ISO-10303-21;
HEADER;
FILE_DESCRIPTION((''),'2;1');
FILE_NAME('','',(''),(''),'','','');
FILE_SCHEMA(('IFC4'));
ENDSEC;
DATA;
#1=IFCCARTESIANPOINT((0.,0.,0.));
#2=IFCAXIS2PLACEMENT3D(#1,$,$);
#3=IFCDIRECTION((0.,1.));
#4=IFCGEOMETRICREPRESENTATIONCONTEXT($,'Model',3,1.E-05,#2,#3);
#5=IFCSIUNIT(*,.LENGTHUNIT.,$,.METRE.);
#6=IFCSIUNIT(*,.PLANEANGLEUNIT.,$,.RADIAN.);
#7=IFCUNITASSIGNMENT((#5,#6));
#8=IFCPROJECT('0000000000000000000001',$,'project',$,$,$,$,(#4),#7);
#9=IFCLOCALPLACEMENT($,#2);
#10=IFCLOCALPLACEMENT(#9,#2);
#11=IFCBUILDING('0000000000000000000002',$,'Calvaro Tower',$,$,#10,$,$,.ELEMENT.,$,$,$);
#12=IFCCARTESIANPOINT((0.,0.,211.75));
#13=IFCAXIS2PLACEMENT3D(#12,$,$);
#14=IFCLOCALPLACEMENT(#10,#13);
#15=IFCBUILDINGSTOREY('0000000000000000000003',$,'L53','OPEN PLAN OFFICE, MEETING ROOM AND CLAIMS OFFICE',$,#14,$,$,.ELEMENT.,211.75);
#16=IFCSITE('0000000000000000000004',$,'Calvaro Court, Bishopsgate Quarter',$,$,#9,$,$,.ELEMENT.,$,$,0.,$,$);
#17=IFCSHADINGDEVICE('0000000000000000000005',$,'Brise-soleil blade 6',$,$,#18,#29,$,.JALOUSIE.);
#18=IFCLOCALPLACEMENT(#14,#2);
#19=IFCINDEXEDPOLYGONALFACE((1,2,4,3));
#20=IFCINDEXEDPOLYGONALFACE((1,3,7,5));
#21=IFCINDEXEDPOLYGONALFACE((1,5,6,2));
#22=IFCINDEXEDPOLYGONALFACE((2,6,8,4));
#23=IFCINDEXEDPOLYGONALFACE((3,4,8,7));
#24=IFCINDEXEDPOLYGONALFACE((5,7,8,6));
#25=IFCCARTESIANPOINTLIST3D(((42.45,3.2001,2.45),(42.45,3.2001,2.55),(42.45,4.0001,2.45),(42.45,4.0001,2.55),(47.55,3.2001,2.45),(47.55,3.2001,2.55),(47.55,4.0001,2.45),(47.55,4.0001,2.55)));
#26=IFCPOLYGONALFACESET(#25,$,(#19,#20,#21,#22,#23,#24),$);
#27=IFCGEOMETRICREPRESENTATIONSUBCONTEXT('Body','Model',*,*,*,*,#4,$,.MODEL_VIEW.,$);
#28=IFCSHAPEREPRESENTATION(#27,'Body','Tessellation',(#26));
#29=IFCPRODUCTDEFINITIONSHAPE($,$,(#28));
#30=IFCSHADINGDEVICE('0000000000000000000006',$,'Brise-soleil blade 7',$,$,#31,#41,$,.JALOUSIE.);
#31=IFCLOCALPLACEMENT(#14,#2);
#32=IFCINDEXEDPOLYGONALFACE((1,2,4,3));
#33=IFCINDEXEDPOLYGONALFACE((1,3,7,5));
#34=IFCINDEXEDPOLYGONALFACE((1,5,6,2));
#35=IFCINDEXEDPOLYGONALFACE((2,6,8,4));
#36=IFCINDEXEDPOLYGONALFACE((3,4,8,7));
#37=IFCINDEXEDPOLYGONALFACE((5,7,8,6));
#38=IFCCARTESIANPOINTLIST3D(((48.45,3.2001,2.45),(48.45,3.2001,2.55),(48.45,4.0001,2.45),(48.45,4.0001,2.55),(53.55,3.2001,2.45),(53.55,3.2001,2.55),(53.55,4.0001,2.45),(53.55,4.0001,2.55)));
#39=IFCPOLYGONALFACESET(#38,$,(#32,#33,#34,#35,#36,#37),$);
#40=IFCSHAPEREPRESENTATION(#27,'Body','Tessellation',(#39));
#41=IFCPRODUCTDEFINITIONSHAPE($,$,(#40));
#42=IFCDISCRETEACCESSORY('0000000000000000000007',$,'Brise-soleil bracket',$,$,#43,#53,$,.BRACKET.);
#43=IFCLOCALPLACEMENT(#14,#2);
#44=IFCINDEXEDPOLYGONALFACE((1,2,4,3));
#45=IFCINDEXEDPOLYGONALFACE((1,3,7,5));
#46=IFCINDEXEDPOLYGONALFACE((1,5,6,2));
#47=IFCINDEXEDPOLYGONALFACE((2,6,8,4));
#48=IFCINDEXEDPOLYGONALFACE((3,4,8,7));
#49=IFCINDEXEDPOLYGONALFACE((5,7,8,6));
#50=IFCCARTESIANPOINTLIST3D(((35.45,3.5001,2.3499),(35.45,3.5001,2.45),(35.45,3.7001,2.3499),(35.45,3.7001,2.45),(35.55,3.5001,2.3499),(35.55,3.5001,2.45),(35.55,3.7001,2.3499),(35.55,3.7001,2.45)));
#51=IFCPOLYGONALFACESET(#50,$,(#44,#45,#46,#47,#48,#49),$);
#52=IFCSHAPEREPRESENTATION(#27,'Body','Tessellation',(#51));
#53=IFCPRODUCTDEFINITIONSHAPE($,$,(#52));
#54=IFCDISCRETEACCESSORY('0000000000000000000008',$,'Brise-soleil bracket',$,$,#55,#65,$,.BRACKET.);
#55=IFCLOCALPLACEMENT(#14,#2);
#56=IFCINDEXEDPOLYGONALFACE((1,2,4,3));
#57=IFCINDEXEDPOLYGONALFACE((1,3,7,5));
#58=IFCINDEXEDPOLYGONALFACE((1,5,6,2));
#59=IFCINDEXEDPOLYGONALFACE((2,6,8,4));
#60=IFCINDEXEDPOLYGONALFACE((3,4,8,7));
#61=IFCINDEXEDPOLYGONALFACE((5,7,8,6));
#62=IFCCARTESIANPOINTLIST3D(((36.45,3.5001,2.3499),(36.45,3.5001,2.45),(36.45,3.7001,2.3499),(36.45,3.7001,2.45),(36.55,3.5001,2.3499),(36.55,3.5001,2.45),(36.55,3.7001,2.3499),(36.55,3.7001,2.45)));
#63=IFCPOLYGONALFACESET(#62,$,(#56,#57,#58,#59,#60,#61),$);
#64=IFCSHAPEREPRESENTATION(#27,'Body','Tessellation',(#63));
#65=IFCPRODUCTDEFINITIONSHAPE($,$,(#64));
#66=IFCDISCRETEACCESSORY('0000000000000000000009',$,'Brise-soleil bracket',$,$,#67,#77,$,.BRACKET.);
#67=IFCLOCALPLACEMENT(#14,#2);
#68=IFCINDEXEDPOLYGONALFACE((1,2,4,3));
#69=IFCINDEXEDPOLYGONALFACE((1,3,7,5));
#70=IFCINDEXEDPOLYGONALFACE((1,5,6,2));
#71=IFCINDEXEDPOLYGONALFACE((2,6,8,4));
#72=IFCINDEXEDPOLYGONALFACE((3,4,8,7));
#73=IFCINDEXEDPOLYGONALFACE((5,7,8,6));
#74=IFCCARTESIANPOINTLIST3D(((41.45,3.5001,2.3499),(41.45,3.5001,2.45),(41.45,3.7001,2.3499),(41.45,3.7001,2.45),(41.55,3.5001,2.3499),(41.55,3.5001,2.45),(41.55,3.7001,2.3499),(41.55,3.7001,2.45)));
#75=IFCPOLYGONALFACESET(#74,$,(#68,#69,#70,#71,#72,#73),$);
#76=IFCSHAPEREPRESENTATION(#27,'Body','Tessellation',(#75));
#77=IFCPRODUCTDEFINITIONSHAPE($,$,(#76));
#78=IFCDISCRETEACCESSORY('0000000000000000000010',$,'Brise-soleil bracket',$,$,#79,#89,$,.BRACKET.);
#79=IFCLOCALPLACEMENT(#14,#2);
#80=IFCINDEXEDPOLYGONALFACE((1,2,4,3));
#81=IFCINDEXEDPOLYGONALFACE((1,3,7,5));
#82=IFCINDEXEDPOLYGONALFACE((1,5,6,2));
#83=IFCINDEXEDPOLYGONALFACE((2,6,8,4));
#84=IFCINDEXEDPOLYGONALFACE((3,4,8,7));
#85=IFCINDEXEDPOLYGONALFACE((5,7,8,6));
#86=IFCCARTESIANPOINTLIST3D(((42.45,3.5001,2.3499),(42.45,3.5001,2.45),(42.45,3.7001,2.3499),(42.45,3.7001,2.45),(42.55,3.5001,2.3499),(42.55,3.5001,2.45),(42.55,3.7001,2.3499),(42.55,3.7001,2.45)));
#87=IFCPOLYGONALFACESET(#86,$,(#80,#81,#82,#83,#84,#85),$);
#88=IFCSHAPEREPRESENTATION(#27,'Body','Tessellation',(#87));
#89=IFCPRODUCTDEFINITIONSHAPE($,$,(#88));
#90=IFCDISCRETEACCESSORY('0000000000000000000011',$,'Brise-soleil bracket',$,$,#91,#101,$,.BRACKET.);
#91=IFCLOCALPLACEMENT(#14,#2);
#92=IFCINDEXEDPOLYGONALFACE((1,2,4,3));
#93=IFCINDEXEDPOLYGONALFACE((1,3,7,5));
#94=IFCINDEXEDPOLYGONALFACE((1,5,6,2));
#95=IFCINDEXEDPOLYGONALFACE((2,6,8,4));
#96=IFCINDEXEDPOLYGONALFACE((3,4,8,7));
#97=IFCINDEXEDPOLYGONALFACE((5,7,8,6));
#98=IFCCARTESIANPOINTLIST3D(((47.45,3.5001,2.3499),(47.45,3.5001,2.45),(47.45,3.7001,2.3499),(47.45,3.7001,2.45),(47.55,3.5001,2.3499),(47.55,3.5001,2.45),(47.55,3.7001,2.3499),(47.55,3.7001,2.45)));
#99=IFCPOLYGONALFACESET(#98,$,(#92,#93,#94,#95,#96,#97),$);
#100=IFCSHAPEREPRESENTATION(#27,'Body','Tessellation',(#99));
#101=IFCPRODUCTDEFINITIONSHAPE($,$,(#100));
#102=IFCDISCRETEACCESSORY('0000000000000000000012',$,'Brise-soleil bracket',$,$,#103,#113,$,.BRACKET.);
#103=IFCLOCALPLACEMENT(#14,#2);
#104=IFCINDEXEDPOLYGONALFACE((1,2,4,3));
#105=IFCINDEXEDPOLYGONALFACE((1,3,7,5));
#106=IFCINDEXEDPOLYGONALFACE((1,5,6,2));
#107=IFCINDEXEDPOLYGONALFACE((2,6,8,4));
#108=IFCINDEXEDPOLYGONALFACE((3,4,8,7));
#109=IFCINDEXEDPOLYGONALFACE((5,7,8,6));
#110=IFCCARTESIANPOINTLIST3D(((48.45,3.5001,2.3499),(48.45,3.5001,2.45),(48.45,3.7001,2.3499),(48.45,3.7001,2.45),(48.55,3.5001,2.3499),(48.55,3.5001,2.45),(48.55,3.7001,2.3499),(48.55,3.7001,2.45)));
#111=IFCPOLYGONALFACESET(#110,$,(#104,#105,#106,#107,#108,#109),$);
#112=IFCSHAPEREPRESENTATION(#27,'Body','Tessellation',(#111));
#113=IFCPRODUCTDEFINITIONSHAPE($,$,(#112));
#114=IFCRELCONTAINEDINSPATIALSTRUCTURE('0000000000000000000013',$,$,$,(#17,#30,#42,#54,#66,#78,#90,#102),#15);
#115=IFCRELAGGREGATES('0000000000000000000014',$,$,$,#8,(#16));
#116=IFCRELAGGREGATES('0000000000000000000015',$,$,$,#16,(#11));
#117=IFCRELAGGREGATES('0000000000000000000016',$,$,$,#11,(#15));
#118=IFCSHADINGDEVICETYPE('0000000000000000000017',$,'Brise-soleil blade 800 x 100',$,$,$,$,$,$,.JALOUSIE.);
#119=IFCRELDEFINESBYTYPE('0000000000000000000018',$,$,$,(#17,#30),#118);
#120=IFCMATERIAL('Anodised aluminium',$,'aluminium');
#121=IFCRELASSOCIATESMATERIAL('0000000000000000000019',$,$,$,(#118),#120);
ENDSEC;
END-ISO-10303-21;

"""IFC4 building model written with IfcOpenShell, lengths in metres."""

from ifc_helpers import new_model, si_unit, direction, frame, origin, origin_2d, place, context, subcontext, project, spatial, rectangle, extrude, material, material_profile, profile_set, type_object, element, save


model = new_model("IFC4")

# Units and contexts
model_context = context("Model", 3, precision=1e-05, world=origin(), true_north=direction((0.0, 1.0)))
body_context = subcontext(model_context, "Body", "Model", "MODEL_VIEW")
ifc_project = project(units=[si_unit("LENGTHUNIT", "METRE"), si_unit("PLANEANGLEUNIT", "RADIAN")], contexts=[model_context])

# Site, building, storey
site_placement = place(None, origin())
site = spatial("IfcSite", under=ifc_project, at=site_placement, Name="Calvaro Court, Bishopsgate Quarter", CompositionType="ELEMENT", RefElevation=0.0)
building_placement = place(site_placement, origin())
building = spatial("IfcBuilding", under=site, at=building_placement, Name="Calvaro Tower", CompositionType="ELEMENT")
storey_placement = place(building_placement, frame((0.0, 0.0, 211.75)))
storey = spatial("IfcBuildingStorey", under=building, at=storey_placement, Name="L53", Description="OPEN PLAN OFFICE, MEETING ROOM AND CLAIMS OFFICE", CompositionType="ELEMENT", Elevation=211.75)

# Shading devices
ifc_material_1 = material(Name="Anodised aluminium", Category="aluminium")
ifc_material_profile_1 = material_profile(ifc_material_1, rectangle(XDim=0.8, YDim=0.1001, at=origin_2d()), Name="Brise-soleil blade 800 x 100")
ifc_profile_set_1 = profile_set([ifc_material_profile_1], Name="Anodised aluminium")
shading_device_type = type_object("IfcShadingDeviceType", Name="Brise-soleil blade 800 x 100", PredefinedType="JALOUSIE", material=ifc_profile_set_1)
for number, where, z_axis, x_axis, name in (
    (1, (42.45, 3.6001, 2.5), (1.0, 0.0, 0.0), (0.0, 1.0, 0.0), "Brise-soleil blade 6"),
    (2, (48.45, 3.6001, 2.5), (1.0, 0.0, 0.0), (0.0, 1.0, 0.0), "Brise-soleil blade 7"),
):
    element("IfcShadingDevice", number, at=place(storey_placement, frame(where, z_axis=z_axis, x_axis=x_axis)), inside=storey, type_object=shading_device_type, Name=name, PredefinedType="JALOUSIE", context=body_context, shape_type="SweptSolid", body=[
        extrude(rectangle(XDim=0.8, YDim=0.1001, at=origin_2d()), origin(), (0.0, 0.0, 1.0), 5.1001),
    ])

# Discrete accessories
for number, where, z_axis, x_axis, name in (
    (3, (35.5, 3.6001, 2.3499), (0.0, 0.0, 1.0), (1.0, 0.0, 0.0), "Brise-soleil bracket"),
    (4, (36.5, 3.6001, 2.3499), (0.0, 0.0, 1.0), (1.0, 0.0, 0.0), "Brise-soleil bracket"),
    (5, (41.5, 3.6001, 2.3499), (0.0, 0.0, 1.0), (1.0, 0.0, 0.0), "Brise-soleil bracket"),
    (6, (42.5, 3.6001, 2.3499), (0.0, 0.0, 1.0), (1.0, 0.0, 0.0), "Brise-soleil bracket"),
    (7, (47.5, 3.6001, 2.3499), (0.0, 0.0, 1.0), (1.0, 0.0, 0.0), "Brise-soleil bracket"),
    (8, (48.5, 3.6001, 2.3499), (0.0, 0.0, 1.0), (1.0, 0.0, 0.0), "Brise-soleil bracket"),
):
    element("IfcDiscreteAccessory", number, at=place(storey_placement, frame(where, z_axis=z_axis, x_axis=x_axis)), inside=storey, Name=name, PredefinedType="BRACKET", context=body_context, shape_type="SweptSolid", body=[
        extrude(rectangle(XDim=0.1001, YDim=0.2, at=origin_2d()), origin(), (0.0, 0.0, 1.0), 0.1001),
    ])

save(model, "model.ifc")
